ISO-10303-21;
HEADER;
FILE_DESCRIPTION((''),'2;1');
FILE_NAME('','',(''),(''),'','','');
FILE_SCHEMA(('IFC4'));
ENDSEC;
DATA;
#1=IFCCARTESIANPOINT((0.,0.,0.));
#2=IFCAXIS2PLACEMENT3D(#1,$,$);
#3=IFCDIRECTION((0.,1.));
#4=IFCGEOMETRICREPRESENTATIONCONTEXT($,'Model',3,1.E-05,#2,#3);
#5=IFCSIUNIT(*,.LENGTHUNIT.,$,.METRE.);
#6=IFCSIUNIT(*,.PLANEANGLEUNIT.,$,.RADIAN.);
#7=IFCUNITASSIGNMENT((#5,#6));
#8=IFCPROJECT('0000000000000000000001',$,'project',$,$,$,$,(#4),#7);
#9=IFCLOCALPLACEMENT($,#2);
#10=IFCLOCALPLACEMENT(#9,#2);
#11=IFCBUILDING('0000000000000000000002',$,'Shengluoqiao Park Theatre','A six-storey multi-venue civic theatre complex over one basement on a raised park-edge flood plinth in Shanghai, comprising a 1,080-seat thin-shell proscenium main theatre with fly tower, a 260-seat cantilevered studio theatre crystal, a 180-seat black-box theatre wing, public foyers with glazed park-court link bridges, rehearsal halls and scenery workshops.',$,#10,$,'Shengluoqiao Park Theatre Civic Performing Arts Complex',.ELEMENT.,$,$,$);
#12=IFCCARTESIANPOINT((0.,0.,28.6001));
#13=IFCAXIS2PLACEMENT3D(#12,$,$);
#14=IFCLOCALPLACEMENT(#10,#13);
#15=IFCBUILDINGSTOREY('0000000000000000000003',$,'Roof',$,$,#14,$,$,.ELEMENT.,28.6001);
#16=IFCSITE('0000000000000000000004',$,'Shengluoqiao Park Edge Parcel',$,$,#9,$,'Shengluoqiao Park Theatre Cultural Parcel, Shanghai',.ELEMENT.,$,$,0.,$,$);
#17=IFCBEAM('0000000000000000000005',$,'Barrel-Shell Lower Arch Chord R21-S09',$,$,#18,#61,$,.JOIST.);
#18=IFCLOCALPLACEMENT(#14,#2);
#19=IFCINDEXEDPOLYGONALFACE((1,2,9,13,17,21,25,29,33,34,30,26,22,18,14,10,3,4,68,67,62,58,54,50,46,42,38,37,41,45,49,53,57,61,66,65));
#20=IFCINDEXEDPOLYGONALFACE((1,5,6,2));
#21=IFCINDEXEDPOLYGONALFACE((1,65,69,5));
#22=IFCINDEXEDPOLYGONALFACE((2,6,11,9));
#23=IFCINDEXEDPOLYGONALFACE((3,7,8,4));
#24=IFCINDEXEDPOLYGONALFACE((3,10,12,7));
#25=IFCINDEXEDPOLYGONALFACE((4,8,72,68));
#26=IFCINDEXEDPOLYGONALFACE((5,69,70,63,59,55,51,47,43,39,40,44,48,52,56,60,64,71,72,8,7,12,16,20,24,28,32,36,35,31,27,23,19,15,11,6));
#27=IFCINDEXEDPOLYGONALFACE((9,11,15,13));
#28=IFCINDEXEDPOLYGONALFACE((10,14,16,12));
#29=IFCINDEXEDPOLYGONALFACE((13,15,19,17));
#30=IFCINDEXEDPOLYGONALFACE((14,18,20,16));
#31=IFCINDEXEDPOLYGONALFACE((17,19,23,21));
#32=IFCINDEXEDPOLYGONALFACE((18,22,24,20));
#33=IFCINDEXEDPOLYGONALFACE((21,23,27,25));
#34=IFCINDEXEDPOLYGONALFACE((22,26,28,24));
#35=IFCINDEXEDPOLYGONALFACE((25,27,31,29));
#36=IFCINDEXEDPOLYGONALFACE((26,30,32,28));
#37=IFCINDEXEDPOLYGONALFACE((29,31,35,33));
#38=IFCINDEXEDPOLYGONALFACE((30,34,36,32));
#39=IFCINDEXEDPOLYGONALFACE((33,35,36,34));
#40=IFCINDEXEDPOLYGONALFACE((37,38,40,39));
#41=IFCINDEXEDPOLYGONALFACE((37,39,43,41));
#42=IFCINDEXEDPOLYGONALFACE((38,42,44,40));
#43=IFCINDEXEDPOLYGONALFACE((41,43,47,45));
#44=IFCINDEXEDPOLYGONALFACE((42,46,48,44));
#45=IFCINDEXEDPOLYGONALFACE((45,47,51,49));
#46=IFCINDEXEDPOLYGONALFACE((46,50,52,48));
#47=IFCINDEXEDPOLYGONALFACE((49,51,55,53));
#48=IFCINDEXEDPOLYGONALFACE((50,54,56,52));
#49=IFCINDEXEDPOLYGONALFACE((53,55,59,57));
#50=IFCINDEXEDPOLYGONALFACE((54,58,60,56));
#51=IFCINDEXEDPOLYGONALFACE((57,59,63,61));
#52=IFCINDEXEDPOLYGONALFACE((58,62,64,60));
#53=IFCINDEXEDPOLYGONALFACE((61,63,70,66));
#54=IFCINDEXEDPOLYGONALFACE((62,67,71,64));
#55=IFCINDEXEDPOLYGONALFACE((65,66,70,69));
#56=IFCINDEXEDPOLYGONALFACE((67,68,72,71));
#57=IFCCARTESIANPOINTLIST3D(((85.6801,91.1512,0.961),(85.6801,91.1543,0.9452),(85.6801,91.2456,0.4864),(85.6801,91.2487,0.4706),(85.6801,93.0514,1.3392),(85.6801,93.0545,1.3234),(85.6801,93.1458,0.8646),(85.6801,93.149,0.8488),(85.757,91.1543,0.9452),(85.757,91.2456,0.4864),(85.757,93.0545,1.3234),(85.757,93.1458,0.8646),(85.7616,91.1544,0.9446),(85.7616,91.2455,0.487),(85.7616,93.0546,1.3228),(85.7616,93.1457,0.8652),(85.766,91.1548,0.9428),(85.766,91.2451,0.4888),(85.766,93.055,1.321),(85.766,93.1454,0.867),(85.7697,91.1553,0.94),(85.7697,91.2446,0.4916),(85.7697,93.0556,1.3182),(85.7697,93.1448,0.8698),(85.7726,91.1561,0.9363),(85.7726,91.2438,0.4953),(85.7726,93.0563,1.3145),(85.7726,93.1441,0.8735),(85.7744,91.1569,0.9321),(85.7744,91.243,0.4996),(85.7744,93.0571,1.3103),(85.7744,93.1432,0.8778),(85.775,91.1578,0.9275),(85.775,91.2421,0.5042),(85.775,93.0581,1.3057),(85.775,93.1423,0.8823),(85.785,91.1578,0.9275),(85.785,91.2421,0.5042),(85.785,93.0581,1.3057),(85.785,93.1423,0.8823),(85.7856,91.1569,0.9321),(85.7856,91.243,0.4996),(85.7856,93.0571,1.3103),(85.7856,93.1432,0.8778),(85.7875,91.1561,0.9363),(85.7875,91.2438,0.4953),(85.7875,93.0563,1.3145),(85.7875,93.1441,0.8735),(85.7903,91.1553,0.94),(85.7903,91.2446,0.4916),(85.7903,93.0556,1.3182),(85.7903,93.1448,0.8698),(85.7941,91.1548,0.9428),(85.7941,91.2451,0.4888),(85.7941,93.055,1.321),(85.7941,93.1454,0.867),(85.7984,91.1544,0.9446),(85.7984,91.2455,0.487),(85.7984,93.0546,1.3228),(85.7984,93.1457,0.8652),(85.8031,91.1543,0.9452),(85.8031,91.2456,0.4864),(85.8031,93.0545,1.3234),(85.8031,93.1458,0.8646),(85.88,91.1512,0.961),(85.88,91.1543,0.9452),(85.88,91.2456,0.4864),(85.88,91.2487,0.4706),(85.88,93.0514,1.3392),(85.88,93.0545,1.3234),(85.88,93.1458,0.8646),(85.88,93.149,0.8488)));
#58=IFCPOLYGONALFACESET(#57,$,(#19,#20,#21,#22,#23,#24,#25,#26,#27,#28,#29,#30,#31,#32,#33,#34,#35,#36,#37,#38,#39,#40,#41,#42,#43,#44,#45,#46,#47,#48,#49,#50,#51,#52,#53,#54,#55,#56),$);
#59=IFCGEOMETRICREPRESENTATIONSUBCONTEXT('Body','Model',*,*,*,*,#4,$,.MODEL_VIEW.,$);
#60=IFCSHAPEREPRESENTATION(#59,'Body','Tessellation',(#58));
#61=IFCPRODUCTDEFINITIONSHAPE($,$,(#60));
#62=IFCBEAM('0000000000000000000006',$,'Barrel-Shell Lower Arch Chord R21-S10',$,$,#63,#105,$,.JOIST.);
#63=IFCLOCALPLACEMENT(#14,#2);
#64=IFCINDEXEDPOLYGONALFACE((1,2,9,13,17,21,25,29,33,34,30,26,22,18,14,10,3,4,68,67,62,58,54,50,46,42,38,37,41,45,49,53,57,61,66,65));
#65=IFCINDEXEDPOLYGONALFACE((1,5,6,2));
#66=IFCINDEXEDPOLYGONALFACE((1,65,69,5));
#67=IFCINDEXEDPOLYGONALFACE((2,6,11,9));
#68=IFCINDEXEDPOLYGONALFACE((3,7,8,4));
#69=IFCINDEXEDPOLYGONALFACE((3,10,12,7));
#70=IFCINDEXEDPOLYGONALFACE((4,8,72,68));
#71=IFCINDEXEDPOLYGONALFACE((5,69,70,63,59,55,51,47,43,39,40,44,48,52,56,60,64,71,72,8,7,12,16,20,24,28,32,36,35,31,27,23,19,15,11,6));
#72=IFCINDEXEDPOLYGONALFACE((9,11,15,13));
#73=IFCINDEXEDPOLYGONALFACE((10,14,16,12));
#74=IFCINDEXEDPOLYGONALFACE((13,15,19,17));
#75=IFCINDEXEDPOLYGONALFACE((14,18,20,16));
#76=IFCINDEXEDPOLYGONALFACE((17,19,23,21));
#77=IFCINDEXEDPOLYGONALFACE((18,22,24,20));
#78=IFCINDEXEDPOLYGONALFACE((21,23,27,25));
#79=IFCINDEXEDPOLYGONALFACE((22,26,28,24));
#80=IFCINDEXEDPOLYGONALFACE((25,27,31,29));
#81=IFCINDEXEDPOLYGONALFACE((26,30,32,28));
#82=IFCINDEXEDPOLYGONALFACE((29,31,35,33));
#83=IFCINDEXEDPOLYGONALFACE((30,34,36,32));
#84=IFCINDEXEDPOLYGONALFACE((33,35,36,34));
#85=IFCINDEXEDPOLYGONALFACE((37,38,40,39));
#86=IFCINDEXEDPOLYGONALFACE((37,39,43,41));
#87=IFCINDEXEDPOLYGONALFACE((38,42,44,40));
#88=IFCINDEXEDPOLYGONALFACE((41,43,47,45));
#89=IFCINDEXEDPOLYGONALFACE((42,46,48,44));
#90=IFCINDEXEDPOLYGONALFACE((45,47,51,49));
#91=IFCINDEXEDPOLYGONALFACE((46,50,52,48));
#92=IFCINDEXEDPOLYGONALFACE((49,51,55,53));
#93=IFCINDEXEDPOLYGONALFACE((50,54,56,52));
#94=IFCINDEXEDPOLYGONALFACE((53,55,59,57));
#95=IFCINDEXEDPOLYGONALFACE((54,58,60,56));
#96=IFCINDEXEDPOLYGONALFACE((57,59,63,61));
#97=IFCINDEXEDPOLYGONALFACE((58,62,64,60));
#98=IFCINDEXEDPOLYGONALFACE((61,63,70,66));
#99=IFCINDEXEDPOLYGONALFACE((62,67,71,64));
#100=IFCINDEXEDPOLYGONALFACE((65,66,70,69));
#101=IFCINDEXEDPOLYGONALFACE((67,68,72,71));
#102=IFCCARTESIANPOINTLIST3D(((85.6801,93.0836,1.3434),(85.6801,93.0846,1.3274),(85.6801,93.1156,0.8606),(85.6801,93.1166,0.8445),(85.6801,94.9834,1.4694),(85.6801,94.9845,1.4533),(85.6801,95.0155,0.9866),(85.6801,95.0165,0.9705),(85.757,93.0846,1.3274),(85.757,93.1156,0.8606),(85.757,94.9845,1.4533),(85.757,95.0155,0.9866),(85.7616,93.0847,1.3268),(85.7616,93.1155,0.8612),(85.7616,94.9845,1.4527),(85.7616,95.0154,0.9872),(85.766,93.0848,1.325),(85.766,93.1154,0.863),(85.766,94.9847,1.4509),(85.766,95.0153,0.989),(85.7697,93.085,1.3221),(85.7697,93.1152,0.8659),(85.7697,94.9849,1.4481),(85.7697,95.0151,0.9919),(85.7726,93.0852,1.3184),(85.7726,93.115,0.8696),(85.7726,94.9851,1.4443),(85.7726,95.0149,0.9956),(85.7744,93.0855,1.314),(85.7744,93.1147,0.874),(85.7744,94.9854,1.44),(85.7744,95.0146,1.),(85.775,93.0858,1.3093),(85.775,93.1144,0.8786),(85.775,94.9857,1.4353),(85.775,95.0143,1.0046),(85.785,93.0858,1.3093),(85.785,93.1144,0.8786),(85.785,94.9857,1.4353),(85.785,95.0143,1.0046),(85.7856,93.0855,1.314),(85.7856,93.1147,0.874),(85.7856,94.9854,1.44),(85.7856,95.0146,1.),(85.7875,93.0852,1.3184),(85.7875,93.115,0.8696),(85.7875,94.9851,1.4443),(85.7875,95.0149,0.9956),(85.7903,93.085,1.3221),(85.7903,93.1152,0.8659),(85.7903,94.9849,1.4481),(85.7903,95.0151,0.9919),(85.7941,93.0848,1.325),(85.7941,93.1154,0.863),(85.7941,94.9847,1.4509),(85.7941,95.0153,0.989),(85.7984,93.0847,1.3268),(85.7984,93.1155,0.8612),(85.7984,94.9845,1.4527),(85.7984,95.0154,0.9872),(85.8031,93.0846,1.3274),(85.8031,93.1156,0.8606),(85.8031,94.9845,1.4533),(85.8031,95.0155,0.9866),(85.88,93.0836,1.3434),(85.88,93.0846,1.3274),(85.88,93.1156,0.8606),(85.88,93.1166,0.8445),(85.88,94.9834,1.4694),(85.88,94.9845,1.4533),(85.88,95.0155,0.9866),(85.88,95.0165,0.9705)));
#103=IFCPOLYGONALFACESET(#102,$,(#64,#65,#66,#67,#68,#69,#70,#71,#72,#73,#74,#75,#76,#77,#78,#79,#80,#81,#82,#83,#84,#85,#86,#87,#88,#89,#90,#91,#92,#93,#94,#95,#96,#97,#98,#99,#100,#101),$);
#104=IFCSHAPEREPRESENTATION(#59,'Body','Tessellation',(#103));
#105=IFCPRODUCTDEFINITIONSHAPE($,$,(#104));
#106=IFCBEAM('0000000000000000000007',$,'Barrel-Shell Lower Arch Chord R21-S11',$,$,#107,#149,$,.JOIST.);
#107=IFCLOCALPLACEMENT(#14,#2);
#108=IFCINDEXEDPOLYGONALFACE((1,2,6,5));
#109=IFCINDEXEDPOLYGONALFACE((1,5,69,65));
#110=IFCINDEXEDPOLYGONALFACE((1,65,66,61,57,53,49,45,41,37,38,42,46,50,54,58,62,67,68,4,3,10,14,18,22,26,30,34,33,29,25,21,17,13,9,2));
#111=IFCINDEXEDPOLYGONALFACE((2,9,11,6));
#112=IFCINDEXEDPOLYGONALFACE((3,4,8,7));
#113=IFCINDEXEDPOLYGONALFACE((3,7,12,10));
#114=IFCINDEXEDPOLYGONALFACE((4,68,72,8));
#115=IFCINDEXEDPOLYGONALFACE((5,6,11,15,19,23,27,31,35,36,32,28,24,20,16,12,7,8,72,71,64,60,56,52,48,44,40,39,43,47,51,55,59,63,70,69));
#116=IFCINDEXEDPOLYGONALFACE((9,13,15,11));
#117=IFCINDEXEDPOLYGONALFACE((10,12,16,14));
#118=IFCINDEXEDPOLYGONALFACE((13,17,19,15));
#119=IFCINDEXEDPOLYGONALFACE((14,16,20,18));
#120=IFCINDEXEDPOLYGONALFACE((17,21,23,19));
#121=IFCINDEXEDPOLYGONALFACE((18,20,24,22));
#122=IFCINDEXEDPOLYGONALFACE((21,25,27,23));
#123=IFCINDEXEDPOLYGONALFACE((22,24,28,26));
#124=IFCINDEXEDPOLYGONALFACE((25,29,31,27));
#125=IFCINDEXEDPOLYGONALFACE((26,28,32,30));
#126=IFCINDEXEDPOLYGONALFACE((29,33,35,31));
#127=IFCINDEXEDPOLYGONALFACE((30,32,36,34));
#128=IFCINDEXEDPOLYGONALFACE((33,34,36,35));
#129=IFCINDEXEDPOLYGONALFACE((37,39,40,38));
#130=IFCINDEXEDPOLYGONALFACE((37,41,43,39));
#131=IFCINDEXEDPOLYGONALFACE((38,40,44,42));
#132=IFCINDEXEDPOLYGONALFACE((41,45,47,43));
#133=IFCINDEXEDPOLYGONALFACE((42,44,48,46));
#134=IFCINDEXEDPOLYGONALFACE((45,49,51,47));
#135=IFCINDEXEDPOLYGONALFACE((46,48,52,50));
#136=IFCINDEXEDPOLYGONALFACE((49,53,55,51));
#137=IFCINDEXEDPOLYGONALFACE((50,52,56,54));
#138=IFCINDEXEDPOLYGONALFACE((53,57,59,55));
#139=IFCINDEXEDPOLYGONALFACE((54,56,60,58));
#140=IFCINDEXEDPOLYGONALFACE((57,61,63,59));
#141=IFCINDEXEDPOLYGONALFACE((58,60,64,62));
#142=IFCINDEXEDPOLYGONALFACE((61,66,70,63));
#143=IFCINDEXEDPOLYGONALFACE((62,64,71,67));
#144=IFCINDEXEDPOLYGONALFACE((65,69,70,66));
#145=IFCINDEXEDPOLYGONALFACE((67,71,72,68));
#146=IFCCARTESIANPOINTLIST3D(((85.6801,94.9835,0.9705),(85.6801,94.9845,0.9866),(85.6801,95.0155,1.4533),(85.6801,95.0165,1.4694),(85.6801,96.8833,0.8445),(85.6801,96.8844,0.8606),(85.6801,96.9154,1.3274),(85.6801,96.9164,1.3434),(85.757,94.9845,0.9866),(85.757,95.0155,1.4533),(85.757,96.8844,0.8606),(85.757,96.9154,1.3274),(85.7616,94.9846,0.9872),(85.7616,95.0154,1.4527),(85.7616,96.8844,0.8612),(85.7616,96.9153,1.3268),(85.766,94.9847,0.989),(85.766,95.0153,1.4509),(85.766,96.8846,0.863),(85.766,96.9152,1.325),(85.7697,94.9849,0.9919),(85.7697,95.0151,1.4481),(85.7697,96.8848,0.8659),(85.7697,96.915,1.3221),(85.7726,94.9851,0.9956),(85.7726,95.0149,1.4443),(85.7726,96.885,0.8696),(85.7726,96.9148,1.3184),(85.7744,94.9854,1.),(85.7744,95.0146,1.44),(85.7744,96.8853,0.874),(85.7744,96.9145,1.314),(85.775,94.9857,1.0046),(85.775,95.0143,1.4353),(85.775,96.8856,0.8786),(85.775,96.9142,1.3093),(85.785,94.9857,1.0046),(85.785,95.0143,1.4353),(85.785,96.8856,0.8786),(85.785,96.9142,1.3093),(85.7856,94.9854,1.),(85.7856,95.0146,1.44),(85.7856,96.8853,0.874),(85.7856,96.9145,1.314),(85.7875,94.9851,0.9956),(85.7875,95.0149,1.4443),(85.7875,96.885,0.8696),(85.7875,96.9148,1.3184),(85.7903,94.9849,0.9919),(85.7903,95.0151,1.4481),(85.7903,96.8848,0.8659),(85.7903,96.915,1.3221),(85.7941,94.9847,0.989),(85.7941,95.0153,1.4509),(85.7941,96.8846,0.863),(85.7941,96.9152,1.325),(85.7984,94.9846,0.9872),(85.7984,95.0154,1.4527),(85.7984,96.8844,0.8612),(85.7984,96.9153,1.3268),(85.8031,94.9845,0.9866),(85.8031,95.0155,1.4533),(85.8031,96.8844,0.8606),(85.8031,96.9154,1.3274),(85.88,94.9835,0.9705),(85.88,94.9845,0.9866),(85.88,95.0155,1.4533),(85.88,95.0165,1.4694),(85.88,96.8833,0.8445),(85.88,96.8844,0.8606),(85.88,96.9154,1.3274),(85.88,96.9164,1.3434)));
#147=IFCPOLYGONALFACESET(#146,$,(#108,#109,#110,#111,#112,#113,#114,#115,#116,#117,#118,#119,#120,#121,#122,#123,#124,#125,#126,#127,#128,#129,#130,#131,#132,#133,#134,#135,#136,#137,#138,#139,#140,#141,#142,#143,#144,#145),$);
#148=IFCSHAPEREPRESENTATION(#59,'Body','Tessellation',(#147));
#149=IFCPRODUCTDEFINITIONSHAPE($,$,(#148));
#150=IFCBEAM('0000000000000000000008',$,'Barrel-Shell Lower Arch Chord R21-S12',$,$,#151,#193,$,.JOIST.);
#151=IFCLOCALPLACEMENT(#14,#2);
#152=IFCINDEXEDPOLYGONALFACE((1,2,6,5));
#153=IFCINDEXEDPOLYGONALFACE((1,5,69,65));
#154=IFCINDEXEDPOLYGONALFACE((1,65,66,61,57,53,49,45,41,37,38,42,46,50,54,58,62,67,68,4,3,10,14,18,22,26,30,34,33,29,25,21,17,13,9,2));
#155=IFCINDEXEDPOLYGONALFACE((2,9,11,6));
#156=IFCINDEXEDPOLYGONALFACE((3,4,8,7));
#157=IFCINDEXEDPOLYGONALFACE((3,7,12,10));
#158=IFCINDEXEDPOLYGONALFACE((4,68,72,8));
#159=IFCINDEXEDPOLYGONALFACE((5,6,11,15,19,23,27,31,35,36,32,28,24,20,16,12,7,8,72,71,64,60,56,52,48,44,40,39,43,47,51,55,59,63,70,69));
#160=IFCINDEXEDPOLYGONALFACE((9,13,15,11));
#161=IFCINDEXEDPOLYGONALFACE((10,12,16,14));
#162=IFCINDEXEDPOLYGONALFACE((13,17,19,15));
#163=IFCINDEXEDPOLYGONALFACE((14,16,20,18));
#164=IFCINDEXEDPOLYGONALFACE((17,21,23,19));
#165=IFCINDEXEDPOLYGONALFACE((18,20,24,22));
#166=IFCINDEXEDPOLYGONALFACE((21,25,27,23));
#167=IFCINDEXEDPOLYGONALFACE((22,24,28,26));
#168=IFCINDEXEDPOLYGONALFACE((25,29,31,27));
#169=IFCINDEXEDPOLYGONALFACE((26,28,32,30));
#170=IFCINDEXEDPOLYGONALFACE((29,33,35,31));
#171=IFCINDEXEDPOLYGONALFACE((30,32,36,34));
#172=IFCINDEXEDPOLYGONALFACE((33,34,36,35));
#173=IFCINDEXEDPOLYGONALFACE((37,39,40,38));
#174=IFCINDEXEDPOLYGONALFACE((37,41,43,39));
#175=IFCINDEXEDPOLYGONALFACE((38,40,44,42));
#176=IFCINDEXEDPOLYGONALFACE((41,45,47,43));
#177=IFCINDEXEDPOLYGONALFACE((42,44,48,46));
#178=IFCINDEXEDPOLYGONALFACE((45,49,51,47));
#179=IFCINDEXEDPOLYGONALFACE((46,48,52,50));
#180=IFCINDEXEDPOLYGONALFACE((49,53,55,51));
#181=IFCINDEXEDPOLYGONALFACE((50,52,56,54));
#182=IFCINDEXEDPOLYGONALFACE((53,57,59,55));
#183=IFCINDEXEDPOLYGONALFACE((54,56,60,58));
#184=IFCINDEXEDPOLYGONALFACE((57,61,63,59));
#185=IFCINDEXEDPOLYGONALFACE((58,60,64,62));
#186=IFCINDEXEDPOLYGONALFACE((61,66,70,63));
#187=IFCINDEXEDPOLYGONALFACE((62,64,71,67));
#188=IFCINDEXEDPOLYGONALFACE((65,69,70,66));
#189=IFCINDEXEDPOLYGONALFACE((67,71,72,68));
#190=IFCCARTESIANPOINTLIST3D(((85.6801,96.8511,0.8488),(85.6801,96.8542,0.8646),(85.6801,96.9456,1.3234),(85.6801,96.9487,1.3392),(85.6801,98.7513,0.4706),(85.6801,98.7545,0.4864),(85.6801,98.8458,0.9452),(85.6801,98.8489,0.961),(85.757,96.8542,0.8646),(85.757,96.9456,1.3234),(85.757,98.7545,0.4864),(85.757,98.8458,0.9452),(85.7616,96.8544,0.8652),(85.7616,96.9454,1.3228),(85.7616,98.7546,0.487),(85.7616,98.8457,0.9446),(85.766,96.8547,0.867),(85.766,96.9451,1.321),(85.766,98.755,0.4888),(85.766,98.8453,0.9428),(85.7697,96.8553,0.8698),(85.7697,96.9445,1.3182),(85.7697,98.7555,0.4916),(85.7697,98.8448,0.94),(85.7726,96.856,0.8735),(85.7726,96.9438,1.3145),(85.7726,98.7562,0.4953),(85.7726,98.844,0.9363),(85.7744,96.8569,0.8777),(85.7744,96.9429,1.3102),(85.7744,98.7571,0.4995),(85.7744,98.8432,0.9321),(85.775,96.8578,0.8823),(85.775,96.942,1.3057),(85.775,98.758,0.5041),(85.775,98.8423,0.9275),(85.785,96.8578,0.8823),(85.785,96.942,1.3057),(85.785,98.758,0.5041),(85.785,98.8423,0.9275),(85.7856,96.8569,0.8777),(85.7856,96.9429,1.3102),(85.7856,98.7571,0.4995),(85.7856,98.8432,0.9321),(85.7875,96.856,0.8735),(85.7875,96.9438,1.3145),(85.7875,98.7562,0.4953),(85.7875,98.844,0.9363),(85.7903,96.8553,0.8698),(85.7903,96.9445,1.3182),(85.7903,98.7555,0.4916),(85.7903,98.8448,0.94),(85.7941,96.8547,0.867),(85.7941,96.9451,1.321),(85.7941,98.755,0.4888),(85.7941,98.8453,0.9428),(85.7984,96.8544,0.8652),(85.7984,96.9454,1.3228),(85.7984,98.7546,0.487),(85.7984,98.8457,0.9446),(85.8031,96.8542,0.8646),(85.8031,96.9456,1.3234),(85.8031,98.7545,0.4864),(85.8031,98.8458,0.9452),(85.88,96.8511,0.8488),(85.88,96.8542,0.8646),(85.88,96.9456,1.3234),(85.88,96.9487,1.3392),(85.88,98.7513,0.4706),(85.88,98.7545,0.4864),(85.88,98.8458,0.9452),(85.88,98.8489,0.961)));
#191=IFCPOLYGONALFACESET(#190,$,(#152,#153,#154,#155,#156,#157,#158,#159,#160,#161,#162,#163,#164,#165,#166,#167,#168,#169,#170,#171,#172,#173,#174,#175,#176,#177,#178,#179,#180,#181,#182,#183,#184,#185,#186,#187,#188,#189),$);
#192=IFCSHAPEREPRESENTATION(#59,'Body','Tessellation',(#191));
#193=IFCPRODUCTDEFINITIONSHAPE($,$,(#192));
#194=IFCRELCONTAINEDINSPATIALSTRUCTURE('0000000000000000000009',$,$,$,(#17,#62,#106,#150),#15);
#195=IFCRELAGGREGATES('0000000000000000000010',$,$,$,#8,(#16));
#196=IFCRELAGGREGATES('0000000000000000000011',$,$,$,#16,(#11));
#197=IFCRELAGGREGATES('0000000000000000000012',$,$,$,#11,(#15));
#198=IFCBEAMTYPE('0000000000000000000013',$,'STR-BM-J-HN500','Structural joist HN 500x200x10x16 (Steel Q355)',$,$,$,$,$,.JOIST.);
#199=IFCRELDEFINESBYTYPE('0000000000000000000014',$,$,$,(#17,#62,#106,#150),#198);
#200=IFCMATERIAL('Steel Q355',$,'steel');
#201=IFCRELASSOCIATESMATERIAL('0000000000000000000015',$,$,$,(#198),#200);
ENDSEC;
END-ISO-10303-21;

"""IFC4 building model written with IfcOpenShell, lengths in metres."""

from ifc_helpers import new_model, si_unit, direction, frame, origin, origin_2d, place, context, subcontext, project, spatial, i_section, extrude, material, material_profile, profile_set, type_object, element, save


model = new_model("IFC4")

# Units and contexts
model_context = context("Model", 3, precision=1e-05, world=origin(), true_north=direction((0.0, 1.0)))
body_context = subcontext(model_context, "Body", "Model", "MODEL_VIEW")
ifc_project = project(units=[si_unit("LENGTHUNIT", "METRE"), si_unit("PLANEANGLEUNIT", "RADIAN")], contexts=[model_context])

# Site, building, storey
site_placement = place(None, origin())
site = spatial("IfcSite", under=ifc_project, at=site_placement, Name="Shengluoqiao Park Edge Parcel", LongName="Shengluoqiao Park Theatre Cultural Parcel, Shanghai", CompositionType="ELEMENT", RefElevation=0.0)
building_placement = place(site_placement, origin())
building = spatial("IfcBuilding", under=site, at=building_placement, Name="Shengluoqiao Park Theatre", Description="A six-storey multi-venue civic theatre complex over one basement on a raised park-edge flood plinth in Shanghai, comprising a 1,080-seat thin-shell proscenium main theatre with fly tower, a 260-seat cantilevered studio theatre crystal, a 180-seat black-box theatre wing, public foyers with glazed park-court link bridges, rehearsal halls and scenery workshops.", LongName="Shengluoqiao Park Theatre Civic Performing Arts Complex", CompositionType="ELEMENT")
storey_placement = place(building_placement, frame((0.0, 0.0, 28.6001)))
storey = spatial("IfcBuildingStorey", under=building, at=storey_placement, Name="Roof", CompositionType="ELEMENT", Elevation=28.6001)

# Beams
ifc_material_1 = material(Name="Steel Q355", Category="steel")
ifc_material_profile_1 = material_profile(ifc_material_1, i_section(OverallWidth=0.2, OverallDepth=0.5, WebThickness=0.01, FlangeThickness=0.0161, FilletRadius=0.0181, at=origin_2d()), Name="HN 500x200x10x16")
ifc_profile_set_1 = profile_set([ifc_material_profile_1], Name="Steel Q355")
beam_type_1 = type_object("IfcBeamType", Name="STR-BM-J-HN500", Description="Structural joist HN 500x200x10x16 (Steel Q355)", PredefinedType="JOIST", material=ifc_profile_set_1)
beam_1_placement = place(storey_placement, frame((85.78, 91.2, 0.7158), z_axis=(0.0, 0.980764, 0.195195), x_axis=(-1.0, 0.0, 0.0)))
element("IfcBeam", 1, at=beam_1_placement, inside=storey, type_object=beam_type_1, Name="Barrel-Shell Lower Arch Chord R21-S09", PredefinedType="JOIST", context=body_context, shape_type="SweptSolid", body=[
    extrude(i_section(OverallWidth=0.2, OverallDepth=0.5, WebThickness=0.01, FlangeThickness=0.0161, FilletRadius=0.0181, at=origin_2d()), origin(), (0.0, 0.0, 1.0), 1.9375),
])
for number, where, z_axis, x_axis, name in (
    (2, (85.78, 93.1001, 1.094), (0.0, 0.997809, 0.066162), (-1.0, 0.0, 0.0), "Barrel-Shell Lower Arch Chord R21-S10"),
    (3, (85.78, 95.0, 1.22), (0.0, 0.997809, -0.066162), (-1.0, 0.0, 0.0), "Barrel-Shell Lower Arch Chord R21-S11"),
):
    element("IfcBeam", number, at=place(storey_placement, frame(where, z_axis=z_axis, x_axis=x_axis)), inside=storey, type_object=beam_type_1, Name=name, PredefinedType="JOIST", context=body_context, shape_type="SweptSolid", body=[
        extrude(i_section(OverallWidth=0.2, OverallDepth=0.5, WebThickness=0.01, FlangeThickness=0.0161, FilletRadius=0.0181, at=origin_2d()), origin(), (0.0, 0.0, 1.0), 1.9041),
    ])
beam_2_placement = place(storey_placement, frame((85.78, 96.8999, 1.094), z_axis=(0.0, 0.980764, -0.195195), x_axis=(-1.0, 0.0, 0.0)))
element("IfcBeam", 4, at=beam_2_placement, inside=storey, type_object=beam_type_1, Name="Barrel-Shell Lower Arch Chord R21-S12", PredefinedType="JOIST", context=body_context, shape_type="SweptSolid", body=[
    extrude(i_section(OverallWidth=0.2, OverallDepth=0.5, WebThickness=0.01, FlangeThickness=0.0161, FilletRadius=0.0181, at=origin_2d()), origin(), (0.0, 0.0, 1.0), 1.9375),
])

save(model, "model.ifc")
